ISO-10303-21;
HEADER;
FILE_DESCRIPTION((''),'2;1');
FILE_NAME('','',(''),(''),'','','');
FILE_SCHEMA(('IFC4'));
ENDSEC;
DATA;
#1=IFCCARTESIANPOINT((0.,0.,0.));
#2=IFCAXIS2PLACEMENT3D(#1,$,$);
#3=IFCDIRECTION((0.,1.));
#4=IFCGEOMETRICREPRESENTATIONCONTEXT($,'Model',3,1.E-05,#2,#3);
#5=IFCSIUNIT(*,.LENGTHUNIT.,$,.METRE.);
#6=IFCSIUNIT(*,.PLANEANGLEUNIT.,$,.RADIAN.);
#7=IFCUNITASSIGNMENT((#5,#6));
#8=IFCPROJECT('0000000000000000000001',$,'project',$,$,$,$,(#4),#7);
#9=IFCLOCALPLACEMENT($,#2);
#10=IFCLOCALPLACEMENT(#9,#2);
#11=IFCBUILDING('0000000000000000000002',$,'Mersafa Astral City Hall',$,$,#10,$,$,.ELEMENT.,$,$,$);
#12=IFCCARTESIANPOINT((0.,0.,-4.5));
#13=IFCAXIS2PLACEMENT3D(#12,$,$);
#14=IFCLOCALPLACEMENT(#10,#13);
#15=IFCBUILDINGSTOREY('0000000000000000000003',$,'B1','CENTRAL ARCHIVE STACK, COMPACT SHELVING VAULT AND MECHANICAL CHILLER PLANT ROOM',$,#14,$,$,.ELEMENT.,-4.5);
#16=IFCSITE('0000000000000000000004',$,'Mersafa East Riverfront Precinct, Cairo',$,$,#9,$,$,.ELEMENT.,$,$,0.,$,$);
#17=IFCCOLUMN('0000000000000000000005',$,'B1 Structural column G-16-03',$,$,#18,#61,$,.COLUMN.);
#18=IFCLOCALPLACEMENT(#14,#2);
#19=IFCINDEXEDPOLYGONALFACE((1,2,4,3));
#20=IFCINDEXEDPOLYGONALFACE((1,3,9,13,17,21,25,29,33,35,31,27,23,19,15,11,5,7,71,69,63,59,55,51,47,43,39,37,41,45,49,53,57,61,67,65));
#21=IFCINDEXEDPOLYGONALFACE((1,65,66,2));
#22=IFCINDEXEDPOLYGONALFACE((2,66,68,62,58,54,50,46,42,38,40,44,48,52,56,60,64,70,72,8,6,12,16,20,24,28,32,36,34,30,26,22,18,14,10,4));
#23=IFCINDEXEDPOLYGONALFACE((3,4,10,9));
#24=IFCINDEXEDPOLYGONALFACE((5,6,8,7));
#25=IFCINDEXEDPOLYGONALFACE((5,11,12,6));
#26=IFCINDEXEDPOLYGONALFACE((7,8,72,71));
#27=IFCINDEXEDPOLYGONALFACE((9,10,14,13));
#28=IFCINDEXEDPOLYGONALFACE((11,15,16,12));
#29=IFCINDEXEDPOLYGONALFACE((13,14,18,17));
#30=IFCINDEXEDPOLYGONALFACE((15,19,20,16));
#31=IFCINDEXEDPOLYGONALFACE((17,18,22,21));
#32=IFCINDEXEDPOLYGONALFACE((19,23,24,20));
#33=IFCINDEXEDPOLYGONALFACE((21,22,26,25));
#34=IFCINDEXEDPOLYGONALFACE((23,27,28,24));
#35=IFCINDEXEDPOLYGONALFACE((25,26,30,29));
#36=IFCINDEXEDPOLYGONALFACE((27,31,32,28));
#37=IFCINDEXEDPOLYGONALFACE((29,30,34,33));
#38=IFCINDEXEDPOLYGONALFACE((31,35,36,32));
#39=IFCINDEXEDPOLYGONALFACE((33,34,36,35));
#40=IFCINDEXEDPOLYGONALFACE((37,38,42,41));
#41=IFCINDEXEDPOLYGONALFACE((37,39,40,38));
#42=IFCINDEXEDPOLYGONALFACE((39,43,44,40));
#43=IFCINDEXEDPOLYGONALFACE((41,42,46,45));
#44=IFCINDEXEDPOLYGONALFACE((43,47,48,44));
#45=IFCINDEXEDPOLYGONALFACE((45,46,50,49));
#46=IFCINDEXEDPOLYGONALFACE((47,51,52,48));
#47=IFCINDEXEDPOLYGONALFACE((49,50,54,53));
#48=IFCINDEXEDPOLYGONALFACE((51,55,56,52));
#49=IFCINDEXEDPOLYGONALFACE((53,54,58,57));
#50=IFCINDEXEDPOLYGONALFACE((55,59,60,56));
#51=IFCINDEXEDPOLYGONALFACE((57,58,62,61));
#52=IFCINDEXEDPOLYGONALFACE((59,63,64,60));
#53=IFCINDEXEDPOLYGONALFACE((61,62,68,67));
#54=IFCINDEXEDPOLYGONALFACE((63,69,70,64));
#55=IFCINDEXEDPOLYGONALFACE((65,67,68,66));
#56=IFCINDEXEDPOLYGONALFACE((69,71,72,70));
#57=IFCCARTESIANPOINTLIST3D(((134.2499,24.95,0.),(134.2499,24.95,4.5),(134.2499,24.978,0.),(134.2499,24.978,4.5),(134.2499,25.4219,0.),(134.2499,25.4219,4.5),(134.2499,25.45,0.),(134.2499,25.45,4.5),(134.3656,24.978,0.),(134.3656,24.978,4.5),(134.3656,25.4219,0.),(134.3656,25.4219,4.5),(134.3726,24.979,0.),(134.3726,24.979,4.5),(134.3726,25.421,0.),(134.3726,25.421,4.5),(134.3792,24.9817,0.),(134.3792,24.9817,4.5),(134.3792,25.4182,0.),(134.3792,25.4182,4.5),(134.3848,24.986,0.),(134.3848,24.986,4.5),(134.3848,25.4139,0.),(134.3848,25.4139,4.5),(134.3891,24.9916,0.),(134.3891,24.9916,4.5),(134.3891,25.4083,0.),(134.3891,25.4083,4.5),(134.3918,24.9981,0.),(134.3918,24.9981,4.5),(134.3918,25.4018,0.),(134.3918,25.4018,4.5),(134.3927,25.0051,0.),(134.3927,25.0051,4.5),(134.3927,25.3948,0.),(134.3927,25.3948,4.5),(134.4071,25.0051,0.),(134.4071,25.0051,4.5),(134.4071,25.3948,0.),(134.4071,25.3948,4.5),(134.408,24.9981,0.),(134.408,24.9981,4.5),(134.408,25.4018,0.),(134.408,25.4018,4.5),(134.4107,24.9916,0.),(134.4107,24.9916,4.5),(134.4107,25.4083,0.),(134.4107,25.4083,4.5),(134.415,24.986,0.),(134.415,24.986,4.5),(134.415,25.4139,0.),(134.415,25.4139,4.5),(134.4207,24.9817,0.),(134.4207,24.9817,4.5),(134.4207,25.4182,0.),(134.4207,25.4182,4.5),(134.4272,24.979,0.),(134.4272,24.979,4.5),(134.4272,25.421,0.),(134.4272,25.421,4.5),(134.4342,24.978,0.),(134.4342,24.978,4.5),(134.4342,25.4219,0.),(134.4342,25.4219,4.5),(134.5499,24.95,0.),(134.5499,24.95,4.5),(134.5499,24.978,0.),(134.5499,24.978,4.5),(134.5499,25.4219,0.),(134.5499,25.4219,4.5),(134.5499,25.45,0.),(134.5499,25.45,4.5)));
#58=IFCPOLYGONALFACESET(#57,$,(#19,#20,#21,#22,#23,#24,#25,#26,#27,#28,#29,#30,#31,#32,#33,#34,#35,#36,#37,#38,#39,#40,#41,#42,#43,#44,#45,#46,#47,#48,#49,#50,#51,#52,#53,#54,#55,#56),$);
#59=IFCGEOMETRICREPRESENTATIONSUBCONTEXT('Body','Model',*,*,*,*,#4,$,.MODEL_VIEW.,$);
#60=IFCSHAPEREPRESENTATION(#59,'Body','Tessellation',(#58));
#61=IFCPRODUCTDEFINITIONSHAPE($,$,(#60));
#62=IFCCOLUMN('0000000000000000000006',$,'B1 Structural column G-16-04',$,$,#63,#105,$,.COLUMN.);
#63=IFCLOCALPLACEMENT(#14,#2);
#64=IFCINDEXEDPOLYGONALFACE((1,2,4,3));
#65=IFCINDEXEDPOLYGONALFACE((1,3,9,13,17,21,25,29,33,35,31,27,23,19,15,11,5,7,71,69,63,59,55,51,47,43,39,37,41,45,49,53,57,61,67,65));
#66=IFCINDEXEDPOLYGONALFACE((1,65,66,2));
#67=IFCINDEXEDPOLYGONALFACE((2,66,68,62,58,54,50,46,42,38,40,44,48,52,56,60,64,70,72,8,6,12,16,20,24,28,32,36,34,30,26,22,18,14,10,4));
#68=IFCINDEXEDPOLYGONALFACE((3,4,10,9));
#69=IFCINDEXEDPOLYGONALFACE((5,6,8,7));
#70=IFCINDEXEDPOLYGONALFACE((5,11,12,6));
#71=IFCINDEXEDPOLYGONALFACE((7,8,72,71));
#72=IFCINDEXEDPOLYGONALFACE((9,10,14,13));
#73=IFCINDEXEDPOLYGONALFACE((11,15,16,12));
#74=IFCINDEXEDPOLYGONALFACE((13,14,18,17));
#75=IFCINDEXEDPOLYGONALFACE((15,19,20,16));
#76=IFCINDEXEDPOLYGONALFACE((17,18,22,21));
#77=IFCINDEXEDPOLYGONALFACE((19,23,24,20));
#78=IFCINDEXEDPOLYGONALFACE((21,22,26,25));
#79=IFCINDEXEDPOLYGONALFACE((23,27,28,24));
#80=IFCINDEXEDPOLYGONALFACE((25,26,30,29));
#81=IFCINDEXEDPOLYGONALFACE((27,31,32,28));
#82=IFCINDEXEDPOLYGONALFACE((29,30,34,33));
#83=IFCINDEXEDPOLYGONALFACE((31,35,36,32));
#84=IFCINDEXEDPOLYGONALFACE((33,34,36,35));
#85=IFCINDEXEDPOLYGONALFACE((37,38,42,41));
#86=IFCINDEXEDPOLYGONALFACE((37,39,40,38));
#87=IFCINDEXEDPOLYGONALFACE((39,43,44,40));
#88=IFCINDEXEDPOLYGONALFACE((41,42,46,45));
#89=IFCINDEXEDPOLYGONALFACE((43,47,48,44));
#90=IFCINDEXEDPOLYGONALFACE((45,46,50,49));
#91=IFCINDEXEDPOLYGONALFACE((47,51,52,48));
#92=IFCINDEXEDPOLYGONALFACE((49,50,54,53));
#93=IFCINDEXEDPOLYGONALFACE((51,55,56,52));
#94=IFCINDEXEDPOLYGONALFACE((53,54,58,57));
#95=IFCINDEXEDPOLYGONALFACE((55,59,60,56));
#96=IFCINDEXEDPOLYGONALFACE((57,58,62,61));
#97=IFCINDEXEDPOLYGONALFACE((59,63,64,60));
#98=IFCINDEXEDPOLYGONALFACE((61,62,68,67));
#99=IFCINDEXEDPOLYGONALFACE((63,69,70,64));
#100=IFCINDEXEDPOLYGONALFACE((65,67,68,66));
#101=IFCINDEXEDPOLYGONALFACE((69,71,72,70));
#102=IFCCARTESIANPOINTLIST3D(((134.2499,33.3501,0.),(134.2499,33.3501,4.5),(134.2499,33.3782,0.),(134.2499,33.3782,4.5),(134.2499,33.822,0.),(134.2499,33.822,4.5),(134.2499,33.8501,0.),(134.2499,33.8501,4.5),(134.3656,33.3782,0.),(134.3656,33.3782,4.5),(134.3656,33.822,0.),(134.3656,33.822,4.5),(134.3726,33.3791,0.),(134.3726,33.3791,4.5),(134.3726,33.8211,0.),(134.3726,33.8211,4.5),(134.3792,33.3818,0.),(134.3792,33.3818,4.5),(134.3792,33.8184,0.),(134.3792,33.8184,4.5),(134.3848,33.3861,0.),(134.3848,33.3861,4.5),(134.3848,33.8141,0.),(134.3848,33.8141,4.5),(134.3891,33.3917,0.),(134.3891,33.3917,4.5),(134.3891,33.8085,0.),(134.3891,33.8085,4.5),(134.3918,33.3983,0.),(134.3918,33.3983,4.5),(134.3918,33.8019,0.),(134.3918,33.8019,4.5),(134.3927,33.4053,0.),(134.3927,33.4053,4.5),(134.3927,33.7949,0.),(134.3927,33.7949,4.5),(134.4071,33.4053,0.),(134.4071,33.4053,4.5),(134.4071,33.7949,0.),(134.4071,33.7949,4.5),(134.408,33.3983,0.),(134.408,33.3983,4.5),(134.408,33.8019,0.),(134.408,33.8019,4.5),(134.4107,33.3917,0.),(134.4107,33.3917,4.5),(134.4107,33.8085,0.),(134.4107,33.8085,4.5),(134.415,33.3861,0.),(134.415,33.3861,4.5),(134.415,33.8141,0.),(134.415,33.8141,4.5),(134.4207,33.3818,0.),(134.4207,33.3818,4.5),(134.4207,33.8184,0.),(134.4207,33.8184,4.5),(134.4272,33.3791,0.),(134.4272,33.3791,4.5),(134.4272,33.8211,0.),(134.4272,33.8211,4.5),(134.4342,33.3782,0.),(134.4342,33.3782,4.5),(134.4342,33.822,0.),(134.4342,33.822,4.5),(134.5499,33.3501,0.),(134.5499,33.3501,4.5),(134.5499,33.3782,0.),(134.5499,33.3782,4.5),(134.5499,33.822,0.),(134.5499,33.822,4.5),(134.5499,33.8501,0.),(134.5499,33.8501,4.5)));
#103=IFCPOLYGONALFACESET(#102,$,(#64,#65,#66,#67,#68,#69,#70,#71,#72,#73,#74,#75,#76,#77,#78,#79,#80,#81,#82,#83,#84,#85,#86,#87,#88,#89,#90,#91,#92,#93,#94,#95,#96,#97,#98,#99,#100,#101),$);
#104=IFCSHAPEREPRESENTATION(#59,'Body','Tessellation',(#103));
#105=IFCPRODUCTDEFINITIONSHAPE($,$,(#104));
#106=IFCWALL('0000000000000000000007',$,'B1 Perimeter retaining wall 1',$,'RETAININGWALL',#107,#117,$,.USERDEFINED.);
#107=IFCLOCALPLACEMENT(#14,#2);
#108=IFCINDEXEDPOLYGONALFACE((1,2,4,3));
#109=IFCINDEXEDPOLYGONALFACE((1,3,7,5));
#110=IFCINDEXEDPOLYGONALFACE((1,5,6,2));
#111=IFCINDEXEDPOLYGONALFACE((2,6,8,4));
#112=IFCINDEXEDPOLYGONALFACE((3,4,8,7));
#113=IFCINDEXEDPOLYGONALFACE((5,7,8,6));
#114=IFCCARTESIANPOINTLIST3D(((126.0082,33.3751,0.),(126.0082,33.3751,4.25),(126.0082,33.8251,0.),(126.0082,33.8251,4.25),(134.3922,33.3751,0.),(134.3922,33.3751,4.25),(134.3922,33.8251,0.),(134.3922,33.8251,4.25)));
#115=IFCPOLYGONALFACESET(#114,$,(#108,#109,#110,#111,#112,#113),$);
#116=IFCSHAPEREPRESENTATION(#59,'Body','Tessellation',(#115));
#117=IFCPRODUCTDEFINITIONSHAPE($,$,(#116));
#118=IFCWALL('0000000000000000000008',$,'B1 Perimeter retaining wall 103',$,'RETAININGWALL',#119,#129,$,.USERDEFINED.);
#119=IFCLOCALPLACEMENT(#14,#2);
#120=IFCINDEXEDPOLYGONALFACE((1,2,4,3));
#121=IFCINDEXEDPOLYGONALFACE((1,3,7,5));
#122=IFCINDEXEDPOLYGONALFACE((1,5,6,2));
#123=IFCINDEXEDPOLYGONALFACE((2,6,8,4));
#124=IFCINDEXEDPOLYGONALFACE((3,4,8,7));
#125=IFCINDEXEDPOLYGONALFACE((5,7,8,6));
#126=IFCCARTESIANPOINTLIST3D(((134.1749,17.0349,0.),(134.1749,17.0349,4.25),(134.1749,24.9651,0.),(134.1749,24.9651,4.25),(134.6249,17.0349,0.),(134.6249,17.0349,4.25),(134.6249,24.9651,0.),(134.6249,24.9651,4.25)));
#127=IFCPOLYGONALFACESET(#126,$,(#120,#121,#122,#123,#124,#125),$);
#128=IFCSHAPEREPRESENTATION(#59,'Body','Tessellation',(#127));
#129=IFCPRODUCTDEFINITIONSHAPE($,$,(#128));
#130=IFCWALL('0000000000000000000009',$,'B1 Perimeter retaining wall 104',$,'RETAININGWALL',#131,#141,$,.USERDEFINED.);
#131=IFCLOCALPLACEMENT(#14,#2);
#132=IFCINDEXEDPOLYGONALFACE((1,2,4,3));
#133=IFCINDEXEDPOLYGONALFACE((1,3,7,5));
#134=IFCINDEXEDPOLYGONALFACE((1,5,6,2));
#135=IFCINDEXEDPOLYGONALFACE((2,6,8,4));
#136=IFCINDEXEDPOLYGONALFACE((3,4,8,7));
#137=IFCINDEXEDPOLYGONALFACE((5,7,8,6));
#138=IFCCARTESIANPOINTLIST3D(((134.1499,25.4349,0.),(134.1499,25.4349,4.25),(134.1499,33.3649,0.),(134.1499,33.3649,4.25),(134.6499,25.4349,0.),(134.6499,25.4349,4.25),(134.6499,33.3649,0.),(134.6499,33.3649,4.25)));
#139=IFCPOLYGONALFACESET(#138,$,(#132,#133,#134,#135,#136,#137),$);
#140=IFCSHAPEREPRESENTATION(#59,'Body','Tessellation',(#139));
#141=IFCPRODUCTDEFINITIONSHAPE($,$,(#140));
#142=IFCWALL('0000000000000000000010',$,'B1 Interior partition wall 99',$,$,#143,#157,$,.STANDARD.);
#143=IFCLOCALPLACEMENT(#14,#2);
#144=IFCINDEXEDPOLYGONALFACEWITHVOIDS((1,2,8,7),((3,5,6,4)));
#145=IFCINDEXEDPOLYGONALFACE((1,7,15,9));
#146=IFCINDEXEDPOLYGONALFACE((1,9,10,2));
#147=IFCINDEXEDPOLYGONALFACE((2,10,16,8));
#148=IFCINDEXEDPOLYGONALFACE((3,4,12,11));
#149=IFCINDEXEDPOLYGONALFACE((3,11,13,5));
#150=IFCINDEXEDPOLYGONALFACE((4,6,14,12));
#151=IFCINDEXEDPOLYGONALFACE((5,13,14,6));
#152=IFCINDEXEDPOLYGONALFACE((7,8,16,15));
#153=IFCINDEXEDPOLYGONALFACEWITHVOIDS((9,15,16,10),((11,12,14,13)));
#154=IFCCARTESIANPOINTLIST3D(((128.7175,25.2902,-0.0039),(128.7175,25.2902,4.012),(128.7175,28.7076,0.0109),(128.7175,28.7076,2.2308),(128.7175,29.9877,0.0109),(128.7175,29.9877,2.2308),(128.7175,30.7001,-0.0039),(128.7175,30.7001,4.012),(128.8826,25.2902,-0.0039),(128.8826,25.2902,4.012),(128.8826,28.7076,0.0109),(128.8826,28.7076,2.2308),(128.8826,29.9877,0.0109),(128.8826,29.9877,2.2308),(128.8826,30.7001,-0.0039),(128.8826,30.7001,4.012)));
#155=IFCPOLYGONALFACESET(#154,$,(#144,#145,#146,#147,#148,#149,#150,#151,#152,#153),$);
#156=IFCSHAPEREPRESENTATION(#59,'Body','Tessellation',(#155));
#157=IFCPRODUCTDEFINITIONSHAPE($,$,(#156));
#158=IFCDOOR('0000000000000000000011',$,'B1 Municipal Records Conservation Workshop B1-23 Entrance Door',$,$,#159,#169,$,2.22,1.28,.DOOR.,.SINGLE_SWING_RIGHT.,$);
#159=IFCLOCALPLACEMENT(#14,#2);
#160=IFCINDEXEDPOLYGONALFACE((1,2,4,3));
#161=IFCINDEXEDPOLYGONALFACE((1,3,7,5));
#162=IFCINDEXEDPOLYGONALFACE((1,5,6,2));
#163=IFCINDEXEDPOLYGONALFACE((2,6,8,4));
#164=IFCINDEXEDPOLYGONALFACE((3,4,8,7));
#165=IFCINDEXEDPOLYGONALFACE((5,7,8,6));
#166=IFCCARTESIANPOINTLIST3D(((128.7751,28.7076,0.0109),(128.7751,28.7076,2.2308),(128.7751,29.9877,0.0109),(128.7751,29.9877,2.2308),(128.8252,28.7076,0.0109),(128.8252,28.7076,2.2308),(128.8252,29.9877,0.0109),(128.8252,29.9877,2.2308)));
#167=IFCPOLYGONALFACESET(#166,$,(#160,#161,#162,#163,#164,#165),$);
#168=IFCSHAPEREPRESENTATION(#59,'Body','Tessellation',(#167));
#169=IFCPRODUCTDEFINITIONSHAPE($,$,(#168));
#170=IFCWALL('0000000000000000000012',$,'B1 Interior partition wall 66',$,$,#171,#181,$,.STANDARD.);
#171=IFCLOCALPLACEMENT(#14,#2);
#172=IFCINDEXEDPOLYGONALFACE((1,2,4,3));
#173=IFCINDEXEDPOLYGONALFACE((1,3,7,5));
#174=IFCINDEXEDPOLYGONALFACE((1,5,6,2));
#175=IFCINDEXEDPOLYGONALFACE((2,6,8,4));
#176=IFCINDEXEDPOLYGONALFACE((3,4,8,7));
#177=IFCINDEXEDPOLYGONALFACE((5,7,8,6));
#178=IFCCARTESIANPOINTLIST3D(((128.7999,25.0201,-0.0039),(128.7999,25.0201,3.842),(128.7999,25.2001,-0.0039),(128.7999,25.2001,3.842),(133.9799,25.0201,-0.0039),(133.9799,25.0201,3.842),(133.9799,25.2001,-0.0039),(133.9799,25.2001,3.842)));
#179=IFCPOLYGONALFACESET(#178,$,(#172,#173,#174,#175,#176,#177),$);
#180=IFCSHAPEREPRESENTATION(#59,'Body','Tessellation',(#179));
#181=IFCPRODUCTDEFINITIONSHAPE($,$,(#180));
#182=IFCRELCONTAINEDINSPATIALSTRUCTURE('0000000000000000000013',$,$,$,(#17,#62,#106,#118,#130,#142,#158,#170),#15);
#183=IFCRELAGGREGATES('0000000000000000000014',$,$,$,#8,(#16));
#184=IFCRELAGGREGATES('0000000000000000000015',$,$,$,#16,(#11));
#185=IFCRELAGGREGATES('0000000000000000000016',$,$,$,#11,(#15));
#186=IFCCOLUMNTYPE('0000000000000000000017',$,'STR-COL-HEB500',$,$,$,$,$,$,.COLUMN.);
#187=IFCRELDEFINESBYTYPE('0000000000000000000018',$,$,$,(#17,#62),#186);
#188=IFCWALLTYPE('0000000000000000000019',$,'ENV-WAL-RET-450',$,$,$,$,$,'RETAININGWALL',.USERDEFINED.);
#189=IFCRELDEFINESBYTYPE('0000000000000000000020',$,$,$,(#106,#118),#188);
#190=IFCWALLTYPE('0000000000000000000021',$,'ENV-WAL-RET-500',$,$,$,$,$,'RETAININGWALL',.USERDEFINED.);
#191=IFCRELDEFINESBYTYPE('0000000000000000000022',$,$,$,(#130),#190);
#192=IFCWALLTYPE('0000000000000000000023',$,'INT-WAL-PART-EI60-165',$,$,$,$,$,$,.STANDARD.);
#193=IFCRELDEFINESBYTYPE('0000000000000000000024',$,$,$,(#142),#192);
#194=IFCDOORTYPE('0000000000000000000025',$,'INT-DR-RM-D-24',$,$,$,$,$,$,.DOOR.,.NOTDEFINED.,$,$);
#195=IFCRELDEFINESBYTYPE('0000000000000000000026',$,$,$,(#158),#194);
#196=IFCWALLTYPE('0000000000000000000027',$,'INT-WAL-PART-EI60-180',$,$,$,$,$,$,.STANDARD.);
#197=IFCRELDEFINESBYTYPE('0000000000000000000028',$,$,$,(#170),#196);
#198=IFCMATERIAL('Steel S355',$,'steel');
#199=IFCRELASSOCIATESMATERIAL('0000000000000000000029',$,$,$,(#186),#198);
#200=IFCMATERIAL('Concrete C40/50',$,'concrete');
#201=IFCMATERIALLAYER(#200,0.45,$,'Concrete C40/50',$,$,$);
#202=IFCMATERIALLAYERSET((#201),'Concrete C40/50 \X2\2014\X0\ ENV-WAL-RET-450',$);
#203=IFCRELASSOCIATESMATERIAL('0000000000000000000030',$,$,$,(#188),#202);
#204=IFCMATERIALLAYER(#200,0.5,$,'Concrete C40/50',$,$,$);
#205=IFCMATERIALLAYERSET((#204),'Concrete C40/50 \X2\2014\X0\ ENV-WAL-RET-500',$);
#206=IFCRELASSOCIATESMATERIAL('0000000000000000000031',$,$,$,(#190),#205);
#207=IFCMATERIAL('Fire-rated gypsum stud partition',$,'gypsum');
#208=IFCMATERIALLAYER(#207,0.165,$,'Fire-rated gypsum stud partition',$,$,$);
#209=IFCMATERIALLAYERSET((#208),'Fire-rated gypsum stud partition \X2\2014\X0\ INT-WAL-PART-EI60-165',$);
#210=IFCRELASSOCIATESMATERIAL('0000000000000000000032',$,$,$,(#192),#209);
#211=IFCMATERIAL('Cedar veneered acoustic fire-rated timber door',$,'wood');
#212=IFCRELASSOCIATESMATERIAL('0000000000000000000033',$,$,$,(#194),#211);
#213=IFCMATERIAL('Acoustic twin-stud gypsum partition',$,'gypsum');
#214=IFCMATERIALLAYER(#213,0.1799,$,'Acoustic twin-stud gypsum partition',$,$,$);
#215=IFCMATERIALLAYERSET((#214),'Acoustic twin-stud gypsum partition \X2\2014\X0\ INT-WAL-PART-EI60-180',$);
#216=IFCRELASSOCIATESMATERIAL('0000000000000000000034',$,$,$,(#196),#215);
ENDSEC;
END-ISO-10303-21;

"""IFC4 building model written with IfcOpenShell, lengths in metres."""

from ifc_helpers import new_model, si_unit, direction, frame, frame_2d, origin, origin_2d, place, context, subcontext, project, spatial, rectangle, i_section, extrude, material, layer, layer_set, material_profile, profile_set, type_object, element, fill, save


model = new_model("IFC4")

# Units and contexts
model_context = context("Model", 3, precision=1e-05, world=origin(), true_north=direction((0.0, 1.0)))
body_context = subcontext(model_context, "Body", "Model", "MODEL_VIEW")
ifc_project = project(units=[si_unit("LENGTHUNIT", "METRE"), si_unit("PLANEANGLEUNIT", "RADIAN")], contexts=[model_context])

# Site, building, storey
site_placement = place(None, origin())
site = spatial("IfcSite", under=ifc_project, at=site_placement, Name="Mersafa East Riverfront Precinct, Cairo", CompositionType="ELEMENT", RefElevation=0.0)
building_placement = place(site_placement, origin())
building = spatial("IfcBuilding", under=site, at=building_placement, Name="Mersafa Astral City Hall", CompositionType="ELEMENT")
storey_placement = place(building_placement, frame((0.0, 0.0, -4.5)))
storey = spatial("IfcBuildingStorey", under=building, at=storey_placement, Name="B1", Description="CENTRAL ARCHIVE STACK, COMPACT SHELVING VAULT AND MECHANICAL CHILLER PLANT ROOM", CompositionType="ELEMENT", Elevation=-4.5)

# Shared definitions
ifc_material_1 = material(Name="Concrete C40/50", Category="concrete")

# Columns
ifc_material_2 = material(Name="Steel S355", Category="steel")
ifc_material_profile_1 = material_profile(ifc_material_2, i_section(OverallWidth=0.3, OverallDepth=0.5, WebThickness=0.0144, FlangeThickness=0.0281, FilletRadius=0.0271, at=origin_2d()), Name="HEB 500")
ifc_profile_set_1 = profile_set([ifc_material_profile_1], Name="Steel S355")
column_type = type_object("IfcColumnType", Name="STR-COL-HEB500", PredefinedType="COLUMN", material=ifc_profile_set_1)
for number, where, z_axis, x_axis, name in (
    (1, (134.3999, 25.2, 0.0), (0.0, 0.0, 1.0), (1.0, 0.0, 0.0), "B1 Structural column G-16-03"),
    (2, (134.3999, 33.6001, 0.0), (0.0, 0.0, 1.0), (1.0, 0.0, 0.0), "B1 Structural column G-16-04"),
):
    element("IfcColumn", number, at=place(storey_placement, frame(where, z_axis=z_axis, x_axis=x_axis)), inside=storey, type_object=column_type, Name=name, PredefinedType="COLUMN", context=body_context, shape_type="SweptSolid", body=[
        extrude(i_section(OverallWidth=0.3, OverallDepth=0.5, WebThickness=0.0144, FlangeThickness=0.0281, FilletRadius=0.0271, at=origin_2d()), origin(), (0.0, 0.0, 1.0), 4.5),
    ])

# Walls
ifc_layer_1 = layer(ifc_material_1, 0.45, Name="Concrete C40/50")
ifc_layer_set_1 = layer_set([ifc_layer_1], Name="Concrete C40/50 — ENV-WAL-RET-450")
wall_type_1 = type_object("IfcWallType", Name="ENV-WAL-RET-450", ElementType="RETAININGWALL", PredefinedType="USERDEFINED", material=ifc_layer_set_1)
wall_1_placement = place(storey_placement, frame((134.3921, 33.6001, 0.0), z_axis=(0.0, 0.0, 1.0), x_axis=(-1.0, 0.0, 0.0)))
element("IfcWall", 3, at=wall_1_placement, inside=storey, type_object=wall_type_1, Name="B1 Perimeter retaining wall 1", ObjectType="RETAININGWALL", PredefinedType="USERDEFINED", context=body_context, shape_type="SweptSolid", body=[
    extrude(rectangle(XDim=8.384, YDim=0.45, at=frame_2d((4.1919, 0.0))), origin(), (0.0, 0.0, 1.0), 4.25),
])
wall_2_placement = place(storey_placement, frame((134.3999, 17.0349, 0.0), z_axis=(0.0, 0.0, 1.0), x_axis=(0.0, 1.0, 0.0)))
element("IfcWall", 4, at=wall_2_placement, inside=storey, type_object=wall_type_1, Name="B1 Perimeter retaining wall 103", ObjectType="RETAININGWALL", PredefinedType="USERDEFINED", context=body_context, shape_type="SweptSolid", body=[
    extrude(rectangle(XDim=7.9302, YDim=0.45, at=frame_2d((3.9651, 0.0))), origin(), (0.0, 0.0, 1.0), 4.25),
])
ifc_layer_2 = layer(ifc_material_1, 0.5, Name="Concrete C40/50")
ifc_layer_set_2 = layer_set([ifc_layer_2], Name="Concrete C40/50 — ENV-WAL-RET-500")
wall_type_2 = type_object("IfcWallType", Name="ENV-WAL-RET-500", ElementType="RETAININGWALL", PredefinedType="USERDEFINED", material=ifc_layer_set_2)
wall_3_placement = place(storey_placement, frame((134.3999, 25.4351, 0.0), z_axis=(0.0, 0.0, 1.0), x_axis=(0.0, 1.0, 0.0)))
element("IfcWall", 5, at=wall_3_placement, inside=storey, type_object=wall_type_2, Name="B1 Perimeter retaining wall 104", ObjectType="RETAININGWALL", PredefinedType="USERDEFINED", context=body_context, shape_type="SweptSolid", body=[
    extrude(rectangle(XDim=7.9299, YDim=0.5, at=frame_2d((3.9648, 0.0))), origin(), (0.0, 0.0, 1.0), 4.25),
])

# Wall, opening, door
ifc_material_3 = material(Name="Fire-rated gypsum stud partition", Category="gypsum")
ifc_layer_3 = layer(ifc_material_3, 0.165, Name="Fire-rated gypsum stud partition")
ifc_layer_set_3 = layer_set([ifc_layer_3], Name="Fire-rated gypsum stud partition — INT-WAL-PART-EI60-165")
wall_type_3 = type_object("IfcWallType", Name="INT-WAL-PART-EI60-165", PredefinedType="STANDARD", material=ifc_layer_set_3)
wall_4_placement = place(storey_placement, frame((128.8, 25.29, -0.0039), z_axis=(0.0, 0.0, 1.0), x_axis=(0.0, 1.0, 0.0)))
wall_4 = element("IfcWall", 6, at=wall_4_placement, inside=storey, type_object=wall_type_3, Name="B1 Interior partition wall 99", PredefinedType="STANDARD", context=body_context, shape_type="SweptSolid", body=[
    extrude(rectangle(XDim=5.4099, YDim=0.165, at=frame_2d((2.7051, 0.0))), origin(), (0.0, 0.0, 1.0), 4.0159),
])
opening_placement = place(wall_4_placement, frame((3.4175, 0.0, 0.0149)))
opening = element("IfcOpeningElement", 7, at=opening_placement, cuts=wall_4, PredefinedType="OPENING", context=body_context, shape_type="SweptSolid", body=[
    extrude(rectangle(XDim=1.28, YDim=2.22, at=frame_2d((0.6401, 1.1099))), frame((0.0, 0.0925, 0.0), z_axis=(0.0, -1.0, 0.0), x_axis=(1.0, 0.0, 0.0)), (0.0, 0.0, 1.0), 0.1851),
])
ifc_material_4 = material(Name="Cedar veneered acoustic fire-rated timber door", Category="wood")
door_type = type_object("IfcDoorType", Name="INT-DR-RM-D-24", OperationType="NOTDEFINED", PredefinedType="DOOR", material=ifc_material_4)
door_placement = place(opening_placement, origin())
door = element("IfcDoor", 8, at=door_placement, inside=storey, type_object=door_type, Name="B1 Municipal Records Conservation Workshop B1-23 Entrance Door", OperationType="SINGLE_SWING_RIGHT", OverallHeight=2.22, OverallWidth=1.28, PredefinedType="DOOR", context=body_context, shape_type="SweptSolid", body=[
    extrude(rectangle(XDim=1.28, YDim=2.22, at=frame_2d((0.6401, 1.1099))), frame((0.0, 0.0249, 0.0), z_axis=(0.0, -1.0, 0.0), x_axis=(1.0, 0.0, 0.0)), (0.0, 0.0, 1.0), 0.05),
])
fill(opening, door)

# Wall
ifc_material_5 = material(Name="Acoustic twin-stud gypsum partition", Category="gypsum")
ifc_layer_4 = layer(ifc_material_5, 0.1799, Name="Acoustic twin-stud gypsum partition")
ifc_layer_set_4 = layer_set([ifc_layer_4], Name="Acoustic twin-stud gypsum partition — INT-WAL-PART-EI60-180")
wall_type_4 = type_object("IfcWallType", Name="INT-WAL-PART-EI60-180", PredefinedType="STANDARD", material=ifc_layer_set_4)
wall_5_placement = place(storey_placement, frame((128.8, 25.1101, -0.0039), z_axis=(0.0, 0.0, 1.0), x_axis=(1.0, 0.0, 0.0)))
element("IfcWall", 9, at=wall_5_placement, inside=storey, type_object=wall_type_4, Name="B1 Interior partition wall 66", PredefinedType="STANDARD", context=body_context, shape_type="SweptSolid", body=[
    extrude(rectangle(XDim=5.1799, YDim=0.1799, at=frame_2d((2.5898, 0.0))), origin(), (0.0, 0.0, 1.0), 3.8459),
])

save(model, "model.ifc")
